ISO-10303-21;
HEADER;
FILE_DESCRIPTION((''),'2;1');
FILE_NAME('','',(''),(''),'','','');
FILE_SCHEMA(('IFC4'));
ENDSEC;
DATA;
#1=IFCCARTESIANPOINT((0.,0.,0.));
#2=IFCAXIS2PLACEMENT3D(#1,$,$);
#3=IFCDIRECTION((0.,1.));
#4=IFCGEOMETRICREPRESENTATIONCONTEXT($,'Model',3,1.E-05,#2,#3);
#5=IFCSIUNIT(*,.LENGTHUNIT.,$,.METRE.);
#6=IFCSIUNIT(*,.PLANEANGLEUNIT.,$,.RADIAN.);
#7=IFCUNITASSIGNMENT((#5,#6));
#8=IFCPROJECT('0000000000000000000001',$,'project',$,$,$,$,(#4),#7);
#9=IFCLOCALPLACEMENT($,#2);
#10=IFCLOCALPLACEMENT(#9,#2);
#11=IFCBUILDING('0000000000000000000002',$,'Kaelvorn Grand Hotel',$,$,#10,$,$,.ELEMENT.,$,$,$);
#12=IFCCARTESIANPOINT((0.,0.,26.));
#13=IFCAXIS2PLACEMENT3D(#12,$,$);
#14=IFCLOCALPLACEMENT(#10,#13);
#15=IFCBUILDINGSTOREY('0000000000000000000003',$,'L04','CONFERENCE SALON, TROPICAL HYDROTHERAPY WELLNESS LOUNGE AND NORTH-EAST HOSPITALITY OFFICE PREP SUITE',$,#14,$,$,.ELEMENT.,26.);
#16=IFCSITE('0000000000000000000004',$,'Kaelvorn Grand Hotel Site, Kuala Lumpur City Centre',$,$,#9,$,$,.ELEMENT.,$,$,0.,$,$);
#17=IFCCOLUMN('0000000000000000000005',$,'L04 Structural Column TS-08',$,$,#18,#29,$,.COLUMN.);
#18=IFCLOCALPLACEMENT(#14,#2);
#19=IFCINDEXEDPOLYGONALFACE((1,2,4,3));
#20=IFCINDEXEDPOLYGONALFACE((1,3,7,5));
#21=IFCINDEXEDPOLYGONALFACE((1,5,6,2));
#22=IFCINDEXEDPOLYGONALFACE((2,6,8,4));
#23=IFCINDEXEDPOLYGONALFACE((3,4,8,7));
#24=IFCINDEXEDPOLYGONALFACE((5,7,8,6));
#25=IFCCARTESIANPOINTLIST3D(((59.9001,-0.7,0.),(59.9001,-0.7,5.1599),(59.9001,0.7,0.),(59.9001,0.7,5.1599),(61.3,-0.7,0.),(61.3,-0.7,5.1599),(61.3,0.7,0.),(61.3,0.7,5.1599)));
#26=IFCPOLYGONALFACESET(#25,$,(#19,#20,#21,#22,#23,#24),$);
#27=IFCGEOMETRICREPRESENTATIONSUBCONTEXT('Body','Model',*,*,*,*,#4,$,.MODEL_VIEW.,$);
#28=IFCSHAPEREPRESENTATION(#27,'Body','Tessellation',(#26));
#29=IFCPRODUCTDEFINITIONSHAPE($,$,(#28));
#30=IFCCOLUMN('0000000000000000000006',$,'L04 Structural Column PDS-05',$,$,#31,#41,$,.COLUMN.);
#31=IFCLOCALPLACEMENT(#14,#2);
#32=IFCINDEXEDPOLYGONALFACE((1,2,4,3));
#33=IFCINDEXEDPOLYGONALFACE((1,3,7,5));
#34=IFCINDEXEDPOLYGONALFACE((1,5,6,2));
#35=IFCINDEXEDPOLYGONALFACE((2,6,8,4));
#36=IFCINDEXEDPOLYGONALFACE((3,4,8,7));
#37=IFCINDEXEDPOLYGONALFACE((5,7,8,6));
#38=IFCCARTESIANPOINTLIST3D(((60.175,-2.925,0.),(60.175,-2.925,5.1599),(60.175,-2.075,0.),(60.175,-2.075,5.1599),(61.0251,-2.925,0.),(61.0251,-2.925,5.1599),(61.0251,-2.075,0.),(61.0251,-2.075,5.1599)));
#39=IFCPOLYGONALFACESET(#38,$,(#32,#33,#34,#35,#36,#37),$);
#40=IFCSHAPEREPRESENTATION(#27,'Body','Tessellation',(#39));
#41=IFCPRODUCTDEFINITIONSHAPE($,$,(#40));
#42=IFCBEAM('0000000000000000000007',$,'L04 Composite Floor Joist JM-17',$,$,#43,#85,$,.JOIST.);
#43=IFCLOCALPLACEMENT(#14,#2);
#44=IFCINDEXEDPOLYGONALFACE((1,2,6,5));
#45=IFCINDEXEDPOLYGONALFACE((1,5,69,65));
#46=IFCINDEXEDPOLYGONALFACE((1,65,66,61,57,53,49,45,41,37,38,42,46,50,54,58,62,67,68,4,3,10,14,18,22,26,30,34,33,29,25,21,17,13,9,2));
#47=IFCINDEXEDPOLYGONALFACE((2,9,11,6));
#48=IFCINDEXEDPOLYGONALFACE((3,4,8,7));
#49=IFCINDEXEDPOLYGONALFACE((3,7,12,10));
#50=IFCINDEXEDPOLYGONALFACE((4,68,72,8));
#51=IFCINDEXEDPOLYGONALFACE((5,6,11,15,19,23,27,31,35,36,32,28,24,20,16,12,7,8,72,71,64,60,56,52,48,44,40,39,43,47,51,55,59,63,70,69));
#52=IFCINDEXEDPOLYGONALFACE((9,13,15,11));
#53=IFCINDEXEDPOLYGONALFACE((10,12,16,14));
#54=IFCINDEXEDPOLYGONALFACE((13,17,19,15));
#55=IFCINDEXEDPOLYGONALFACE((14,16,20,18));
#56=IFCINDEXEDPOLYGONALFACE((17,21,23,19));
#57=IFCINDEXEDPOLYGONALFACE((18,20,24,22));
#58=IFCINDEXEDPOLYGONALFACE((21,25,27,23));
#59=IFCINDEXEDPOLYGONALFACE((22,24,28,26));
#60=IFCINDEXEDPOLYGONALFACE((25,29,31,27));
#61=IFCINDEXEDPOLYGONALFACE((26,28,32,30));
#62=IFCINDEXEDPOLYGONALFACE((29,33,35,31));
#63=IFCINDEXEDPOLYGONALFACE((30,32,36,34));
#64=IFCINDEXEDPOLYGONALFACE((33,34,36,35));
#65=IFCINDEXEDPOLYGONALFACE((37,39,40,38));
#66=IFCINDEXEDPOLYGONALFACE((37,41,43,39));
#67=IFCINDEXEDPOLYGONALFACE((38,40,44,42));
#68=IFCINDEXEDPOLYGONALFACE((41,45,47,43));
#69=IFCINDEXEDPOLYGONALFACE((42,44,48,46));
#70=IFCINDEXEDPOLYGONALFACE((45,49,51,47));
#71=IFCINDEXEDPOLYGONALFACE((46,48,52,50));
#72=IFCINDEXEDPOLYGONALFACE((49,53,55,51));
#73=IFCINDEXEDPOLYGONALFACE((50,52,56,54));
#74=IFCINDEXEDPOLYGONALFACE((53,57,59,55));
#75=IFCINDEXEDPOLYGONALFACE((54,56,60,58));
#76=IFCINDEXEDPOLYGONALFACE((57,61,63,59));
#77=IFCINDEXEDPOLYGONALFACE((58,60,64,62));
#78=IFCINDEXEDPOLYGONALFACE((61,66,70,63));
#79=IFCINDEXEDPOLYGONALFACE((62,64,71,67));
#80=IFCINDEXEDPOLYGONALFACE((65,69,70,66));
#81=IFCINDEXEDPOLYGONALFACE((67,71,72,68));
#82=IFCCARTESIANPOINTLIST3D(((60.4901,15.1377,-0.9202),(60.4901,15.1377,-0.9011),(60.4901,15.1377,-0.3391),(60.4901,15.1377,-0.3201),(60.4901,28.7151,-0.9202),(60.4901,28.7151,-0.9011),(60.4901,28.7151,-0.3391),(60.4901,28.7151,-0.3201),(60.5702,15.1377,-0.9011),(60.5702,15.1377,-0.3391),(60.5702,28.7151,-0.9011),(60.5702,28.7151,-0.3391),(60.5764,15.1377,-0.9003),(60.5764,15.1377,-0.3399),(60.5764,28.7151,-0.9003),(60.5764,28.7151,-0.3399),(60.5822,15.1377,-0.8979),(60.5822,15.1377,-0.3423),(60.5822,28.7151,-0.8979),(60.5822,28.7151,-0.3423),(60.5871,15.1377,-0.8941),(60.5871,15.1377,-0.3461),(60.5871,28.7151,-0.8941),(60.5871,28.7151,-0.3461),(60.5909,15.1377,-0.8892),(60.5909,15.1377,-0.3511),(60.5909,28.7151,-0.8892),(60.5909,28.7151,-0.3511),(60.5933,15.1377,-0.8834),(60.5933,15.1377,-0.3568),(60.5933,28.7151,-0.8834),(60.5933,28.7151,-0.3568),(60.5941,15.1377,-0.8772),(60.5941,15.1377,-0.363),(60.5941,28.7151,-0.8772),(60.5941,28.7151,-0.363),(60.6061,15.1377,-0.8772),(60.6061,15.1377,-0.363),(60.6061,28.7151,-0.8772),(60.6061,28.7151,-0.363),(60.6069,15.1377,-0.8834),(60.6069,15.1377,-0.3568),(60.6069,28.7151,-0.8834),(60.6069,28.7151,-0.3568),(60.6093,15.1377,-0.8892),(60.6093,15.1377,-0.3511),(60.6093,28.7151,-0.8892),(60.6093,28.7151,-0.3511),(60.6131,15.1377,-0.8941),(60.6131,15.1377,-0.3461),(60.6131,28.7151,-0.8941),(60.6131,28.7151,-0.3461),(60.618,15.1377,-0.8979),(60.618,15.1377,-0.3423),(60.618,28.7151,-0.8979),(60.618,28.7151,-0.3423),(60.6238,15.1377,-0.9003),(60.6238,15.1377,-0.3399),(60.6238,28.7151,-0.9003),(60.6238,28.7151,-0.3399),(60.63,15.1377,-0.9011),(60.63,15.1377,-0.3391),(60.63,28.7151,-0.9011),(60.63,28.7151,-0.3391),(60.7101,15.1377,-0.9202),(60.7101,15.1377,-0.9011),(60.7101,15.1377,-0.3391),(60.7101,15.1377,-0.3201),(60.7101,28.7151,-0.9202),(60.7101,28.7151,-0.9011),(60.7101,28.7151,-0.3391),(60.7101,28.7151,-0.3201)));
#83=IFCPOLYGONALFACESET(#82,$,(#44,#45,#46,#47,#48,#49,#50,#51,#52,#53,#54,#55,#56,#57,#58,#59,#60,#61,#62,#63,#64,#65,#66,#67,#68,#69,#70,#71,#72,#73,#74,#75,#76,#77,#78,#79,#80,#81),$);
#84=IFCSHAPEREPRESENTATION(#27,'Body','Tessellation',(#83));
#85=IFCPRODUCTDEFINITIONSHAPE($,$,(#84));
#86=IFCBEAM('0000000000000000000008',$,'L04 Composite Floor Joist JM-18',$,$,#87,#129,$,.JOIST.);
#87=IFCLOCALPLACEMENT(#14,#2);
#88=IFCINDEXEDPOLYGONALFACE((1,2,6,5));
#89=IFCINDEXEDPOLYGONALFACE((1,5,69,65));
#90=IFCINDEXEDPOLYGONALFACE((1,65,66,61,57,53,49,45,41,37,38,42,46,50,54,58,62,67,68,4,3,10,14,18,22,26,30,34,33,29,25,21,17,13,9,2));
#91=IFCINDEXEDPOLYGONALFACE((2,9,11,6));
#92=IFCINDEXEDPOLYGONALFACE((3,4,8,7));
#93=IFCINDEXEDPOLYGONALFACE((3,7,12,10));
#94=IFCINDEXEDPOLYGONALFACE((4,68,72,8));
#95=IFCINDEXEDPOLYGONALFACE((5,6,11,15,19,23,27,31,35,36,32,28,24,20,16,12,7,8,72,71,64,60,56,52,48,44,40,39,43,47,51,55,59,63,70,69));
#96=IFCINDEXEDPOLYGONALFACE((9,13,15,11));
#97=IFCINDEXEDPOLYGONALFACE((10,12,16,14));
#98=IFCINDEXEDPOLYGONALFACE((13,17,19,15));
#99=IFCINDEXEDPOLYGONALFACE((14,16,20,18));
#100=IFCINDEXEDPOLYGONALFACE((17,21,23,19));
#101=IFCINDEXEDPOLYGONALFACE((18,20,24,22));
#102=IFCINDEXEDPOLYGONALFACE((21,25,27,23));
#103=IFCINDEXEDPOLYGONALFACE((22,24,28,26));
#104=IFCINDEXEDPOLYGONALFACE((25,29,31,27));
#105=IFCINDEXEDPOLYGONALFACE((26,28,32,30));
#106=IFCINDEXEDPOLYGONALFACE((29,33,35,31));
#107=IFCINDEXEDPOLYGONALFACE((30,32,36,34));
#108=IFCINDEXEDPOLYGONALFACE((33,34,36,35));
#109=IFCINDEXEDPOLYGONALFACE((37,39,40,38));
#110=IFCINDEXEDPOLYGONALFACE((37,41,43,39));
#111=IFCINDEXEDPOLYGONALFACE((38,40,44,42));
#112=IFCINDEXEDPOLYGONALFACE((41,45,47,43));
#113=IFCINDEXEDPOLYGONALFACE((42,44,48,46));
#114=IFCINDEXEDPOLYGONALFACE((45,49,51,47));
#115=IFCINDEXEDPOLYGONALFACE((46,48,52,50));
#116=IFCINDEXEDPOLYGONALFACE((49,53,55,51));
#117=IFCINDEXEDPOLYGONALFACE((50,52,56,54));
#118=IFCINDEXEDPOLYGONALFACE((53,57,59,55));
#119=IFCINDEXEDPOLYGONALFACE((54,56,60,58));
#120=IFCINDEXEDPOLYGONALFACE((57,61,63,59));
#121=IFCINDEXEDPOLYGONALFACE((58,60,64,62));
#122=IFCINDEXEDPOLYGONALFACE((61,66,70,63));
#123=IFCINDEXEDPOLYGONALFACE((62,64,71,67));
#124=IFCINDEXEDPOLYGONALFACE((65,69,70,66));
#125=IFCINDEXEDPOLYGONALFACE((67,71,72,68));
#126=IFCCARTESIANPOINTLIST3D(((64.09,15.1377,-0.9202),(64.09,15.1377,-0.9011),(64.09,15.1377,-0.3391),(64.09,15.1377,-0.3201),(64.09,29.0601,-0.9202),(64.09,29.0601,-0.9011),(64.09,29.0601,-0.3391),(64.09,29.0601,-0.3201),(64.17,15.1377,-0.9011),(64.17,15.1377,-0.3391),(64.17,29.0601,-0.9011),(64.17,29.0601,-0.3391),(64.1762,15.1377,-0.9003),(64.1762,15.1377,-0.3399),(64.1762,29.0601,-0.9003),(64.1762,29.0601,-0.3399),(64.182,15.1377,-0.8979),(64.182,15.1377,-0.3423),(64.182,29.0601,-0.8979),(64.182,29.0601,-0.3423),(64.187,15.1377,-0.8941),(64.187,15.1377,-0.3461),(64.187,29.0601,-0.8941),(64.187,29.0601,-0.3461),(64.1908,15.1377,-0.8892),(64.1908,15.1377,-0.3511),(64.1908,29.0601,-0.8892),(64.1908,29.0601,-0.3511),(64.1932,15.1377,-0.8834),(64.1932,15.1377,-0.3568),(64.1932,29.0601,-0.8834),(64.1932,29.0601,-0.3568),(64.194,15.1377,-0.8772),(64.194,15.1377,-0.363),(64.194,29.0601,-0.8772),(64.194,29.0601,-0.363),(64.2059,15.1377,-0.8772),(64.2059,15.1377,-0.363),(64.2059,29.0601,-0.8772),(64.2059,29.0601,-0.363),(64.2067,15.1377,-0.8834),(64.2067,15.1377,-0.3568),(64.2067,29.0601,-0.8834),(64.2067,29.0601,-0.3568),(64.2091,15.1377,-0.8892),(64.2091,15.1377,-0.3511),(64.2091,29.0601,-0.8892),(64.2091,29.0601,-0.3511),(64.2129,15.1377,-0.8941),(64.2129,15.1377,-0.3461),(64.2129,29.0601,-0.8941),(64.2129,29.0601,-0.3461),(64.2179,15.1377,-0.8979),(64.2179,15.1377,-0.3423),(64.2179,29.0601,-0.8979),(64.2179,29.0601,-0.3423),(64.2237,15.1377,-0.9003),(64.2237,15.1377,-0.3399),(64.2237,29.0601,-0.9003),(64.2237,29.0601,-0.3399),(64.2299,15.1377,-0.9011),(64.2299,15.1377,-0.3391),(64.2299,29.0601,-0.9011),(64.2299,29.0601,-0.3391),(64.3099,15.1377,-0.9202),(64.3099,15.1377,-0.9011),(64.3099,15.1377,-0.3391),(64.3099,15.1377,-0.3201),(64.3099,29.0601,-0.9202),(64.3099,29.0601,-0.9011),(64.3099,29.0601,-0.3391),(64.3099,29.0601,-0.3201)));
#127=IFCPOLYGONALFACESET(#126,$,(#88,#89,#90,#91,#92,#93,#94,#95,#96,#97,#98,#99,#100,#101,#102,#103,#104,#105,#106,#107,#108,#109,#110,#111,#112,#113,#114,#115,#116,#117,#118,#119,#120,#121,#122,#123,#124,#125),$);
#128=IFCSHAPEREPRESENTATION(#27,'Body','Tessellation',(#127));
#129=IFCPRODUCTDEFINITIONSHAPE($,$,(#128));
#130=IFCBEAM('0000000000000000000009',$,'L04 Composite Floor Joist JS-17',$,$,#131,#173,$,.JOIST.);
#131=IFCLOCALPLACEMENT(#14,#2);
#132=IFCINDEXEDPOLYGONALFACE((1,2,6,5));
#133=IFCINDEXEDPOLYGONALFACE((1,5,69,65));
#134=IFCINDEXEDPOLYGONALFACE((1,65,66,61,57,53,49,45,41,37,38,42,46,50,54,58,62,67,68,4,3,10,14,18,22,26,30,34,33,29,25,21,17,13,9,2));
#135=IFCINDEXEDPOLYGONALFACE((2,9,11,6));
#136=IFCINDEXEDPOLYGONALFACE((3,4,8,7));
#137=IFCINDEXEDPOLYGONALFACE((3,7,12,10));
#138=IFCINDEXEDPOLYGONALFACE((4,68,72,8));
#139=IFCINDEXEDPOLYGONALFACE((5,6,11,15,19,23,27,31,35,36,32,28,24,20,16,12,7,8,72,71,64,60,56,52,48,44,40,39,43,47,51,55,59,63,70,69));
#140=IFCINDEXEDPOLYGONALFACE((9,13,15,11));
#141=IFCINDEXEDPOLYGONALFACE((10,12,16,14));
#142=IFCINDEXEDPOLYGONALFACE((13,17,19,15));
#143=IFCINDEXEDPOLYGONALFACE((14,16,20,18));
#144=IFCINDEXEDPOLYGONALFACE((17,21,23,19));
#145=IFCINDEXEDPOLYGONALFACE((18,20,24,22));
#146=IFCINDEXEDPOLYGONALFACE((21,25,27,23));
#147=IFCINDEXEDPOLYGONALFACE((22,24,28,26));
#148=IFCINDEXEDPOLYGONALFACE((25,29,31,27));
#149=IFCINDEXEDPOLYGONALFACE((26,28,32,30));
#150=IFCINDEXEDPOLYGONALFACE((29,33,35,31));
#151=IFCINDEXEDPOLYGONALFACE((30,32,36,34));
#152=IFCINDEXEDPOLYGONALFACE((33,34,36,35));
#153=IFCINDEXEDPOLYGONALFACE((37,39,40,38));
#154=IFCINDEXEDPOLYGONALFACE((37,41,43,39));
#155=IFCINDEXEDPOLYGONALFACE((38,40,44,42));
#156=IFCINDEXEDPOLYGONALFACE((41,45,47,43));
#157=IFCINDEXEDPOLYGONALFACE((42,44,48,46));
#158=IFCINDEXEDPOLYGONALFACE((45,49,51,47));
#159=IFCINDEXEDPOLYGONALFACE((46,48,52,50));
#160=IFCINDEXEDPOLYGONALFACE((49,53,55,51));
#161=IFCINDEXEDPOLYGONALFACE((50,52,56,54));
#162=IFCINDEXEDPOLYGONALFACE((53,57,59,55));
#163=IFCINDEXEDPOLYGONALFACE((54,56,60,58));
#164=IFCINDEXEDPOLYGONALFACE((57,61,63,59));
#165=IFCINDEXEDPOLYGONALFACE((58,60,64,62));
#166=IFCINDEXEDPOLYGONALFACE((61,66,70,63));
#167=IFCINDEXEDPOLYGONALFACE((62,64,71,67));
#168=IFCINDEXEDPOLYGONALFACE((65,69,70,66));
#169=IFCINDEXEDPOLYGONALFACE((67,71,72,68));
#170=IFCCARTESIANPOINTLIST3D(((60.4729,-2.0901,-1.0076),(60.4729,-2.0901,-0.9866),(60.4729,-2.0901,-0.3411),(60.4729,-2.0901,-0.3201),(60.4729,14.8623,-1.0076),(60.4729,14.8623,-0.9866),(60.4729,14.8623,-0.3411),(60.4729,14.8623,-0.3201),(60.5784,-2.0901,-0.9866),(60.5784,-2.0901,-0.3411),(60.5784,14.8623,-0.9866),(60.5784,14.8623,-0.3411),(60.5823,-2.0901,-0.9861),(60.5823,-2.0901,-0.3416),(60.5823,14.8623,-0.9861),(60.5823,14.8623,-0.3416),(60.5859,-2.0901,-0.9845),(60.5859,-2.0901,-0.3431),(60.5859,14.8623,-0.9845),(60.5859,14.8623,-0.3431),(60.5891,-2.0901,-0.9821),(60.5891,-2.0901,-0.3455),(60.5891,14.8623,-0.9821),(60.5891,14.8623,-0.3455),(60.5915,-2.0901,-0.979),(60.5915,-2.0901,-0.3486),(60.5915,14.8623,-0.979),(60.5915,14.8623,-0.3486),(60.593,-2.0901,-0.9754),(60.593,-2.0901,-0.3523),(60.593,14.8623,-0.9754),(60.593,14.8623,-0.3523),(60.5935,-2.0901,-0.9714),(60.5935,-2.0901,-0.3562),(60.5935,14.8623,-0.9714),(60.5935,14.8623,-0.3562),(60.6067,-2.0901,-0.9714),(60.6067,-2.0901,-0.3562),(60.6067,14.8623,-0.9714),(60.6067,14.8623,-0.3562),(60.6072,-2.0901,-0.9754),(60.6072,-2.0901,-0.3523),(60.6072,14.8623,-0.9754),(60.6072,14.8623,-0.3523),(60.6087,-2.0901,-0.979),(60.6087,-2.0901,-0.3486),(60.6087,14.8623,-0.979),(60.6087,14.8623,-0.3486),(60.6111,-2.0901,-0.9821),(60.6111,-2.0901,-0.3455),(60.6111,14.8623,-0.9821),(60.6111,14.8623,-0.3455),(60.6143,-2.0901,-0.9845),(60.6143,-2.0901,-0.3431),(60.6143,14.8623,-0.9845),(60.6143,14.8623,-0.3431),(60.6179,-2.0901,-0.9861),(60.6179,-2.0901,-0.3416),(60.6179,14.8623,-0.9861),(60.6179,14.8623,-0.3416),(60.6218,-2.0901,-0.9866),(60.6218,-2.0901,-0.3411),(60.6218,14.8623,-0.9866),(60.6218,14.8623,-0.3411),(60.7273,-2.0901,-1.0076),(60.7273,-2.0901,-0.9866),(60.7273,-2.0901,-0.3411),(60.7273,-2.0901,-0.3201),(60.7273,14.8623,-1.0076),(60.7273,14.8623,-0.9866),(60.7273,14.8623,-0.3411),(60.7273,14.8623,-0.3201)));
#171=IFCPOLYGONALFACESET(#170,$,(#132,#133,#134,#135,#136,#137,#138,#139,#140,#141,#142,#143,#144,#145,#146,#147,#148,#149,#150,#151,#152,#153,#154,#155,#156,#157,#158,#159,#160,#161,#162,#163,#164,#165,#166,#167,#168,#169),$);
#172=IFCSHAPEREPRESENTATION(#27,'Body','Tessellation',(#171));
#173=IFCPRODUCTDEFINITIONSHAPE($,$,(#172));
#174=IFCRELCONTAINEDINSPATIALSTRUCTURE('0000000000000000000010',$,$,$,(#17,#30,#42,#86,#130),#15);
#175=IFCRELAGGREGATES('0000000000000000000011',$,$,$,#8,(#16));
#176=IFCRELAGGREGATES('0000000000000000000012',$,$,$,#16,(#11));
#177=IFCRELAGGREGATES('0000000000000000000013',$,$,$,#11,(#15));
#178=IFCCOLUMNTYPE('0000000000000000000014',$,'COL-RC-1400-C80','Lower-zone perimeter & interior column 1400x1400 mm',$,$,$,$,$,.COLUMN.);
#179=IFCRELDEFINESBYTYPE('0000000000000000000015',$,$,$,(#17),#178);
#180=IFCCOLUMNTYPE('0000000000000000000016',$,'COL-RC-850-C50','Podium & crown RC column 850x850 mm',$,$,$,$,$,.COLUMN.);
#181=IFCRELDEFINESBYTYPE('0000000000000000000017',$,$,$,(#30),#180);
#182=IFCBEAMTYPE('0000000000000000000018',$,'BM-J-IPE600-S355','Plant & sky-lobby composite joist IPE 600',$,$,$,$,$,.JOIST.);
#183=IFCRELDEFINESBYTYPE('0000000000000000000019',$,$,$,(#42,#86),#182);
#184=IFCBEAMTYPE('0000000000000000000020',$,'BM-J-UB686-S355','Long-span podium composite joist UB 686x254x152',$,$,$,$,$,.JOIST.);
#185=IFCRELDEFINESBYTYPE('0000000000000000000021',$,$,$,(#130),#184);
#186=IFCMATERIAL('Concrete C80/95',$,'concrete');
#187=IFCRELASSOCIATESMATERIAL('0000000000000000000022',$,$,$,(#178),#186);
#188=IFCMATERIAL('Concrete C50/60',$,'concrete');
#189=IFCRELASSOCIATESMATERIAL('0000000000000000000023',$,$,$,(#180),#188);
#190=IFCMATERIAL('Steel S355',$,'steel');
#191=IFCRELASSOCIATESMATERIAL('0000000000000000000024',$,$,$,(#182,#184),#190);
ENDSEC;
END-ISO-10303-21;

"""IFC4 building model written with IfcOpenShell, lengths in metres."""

from ifc_helpers import new_model, si_unit, direction, frame, origin, origin_2d, place, context, subcontext, project, spatial, rectangle, i_section, extrude, material, material_profile, profile_set, type_object, element, save


model = new_model("IFC4")

# Units and contexts
model_context = context("Model", 3, precision=1e-05, world=origin(), true_north=direction((0.0, 1.0)))
body_context = subcontext(model_context, "Body", "Model", "MODEL_VIEW")
ifc_project = project(units=[si_unit("LENGTHUNIT", "METRE"), si_unit("PLANEANGLEUNIT", "RADIAN")], contexts=[model_context])

# Site, building, storey
site_placement = place(None, origin())
site = spatial("IfcSite", under=ifc_project, at=site_placement, Name="Kaelvorn Grand Hotel Site, Kuala Lumpur City Centre", CompositionType="ELEMENT", RefElevation=0.0)
building_placement = place(site_placement, origin())
building = spatial("IfcBuilding", under=site, at=building_placement, Name="Kaelvorn Grand Hotel", CompositionType="ELEMENT")
storey_placement = place(building_placement, frame((0.0, 0.0, 26.0)))
storey = spatial("IfcBuildingStorey", under=building, at=storey_placement, Name="L04", Description="CONFERENCE SALON, TROPICAL HYDROTHERAPY WELLNESS LOUNGE AND NORTH-EAST HOSPITALITY OFFICE PREP SUITE", CompositionType="ELEMENT", Elevation=26.0)

# Columns
ifc_material_1 = material(Name="Concrete C80/95", Category="concrete")
ifc_material_profile_1 = material_profile(ifc_material_1, rectangle(XDim=1.3999, YDim=1.3999, at=origin_2d()), Name="RC COL 1400x1400")
ifc_profile_set_1 = profile_set([ifc_material_profile_1], Name="Concrete C80/95")
column_type_1 = type_object("IfcColumnType", Name="COL-RC-1400-C80", Description="Lower-zone perimeter & interior column 1400x1400 mm", PredefinedType="COLUMN", material=ifc_profile_set_1)
column_1_placement = place(storey_placement, frame((60.6001, 0.0, 0.0), z_axis=(0.0, 0.0, 1.0), x_axis=(1.0, 0.0, 0.0)))
element("IfcColumn", 1, at=column_1_placement, inside=storey, type_object=column_type_1, Name="L04 Structural Column TS-08", PredefinedType="COLUMN", context=body_context, shape_type="SweptSolid", body=[
    extrude(rectangle(XDim=1.3999, YDim=1.3999, at=origin_2d()), origin(), (0.0, 0.0, 1.0), 5.1599),
])
ifc_material_2 = material(Name="Concrete C50/60", Category="concrete")
ifc_material_profile_2 = material_profile(ifc_material_2, rectangle(XDim=0.8501, YDim=0.8501, at=origin_2d()), Name="RC COL 850x850")
ifc_profile_set_2 = profile_set([ifc_material_profile_2], Name="Concrete C50/60")
column_type_2 = type_object("IfcColumnType", Name="COL-RC-850-C50", Description="Podium & crown RC column 850x850 mm", PredefinedType="COLUMN", material=ifc_profile_set_2)
column_2_placement = place(storey_placement, frame((60.6001, -2.5, 0.0), z_axis=(0.0, 0.0, 1.0), x_axis=(1.0, 0.0, 0.0)))
element("IfcColumn", 2, at=column_2_placement, inside=storey, type_object=column_type_2, Name="L04 Structural Column PDS-05", PredefinedType="COLUMN", context=body_context, shape_type="SweptSolid", body=[
    extrude(rectangle(XDim=0.8501, YDim=0.8501, at=origin_2d()), origin(), (0.0, 0.0, 1.0), 5.1599),
])

# Beams
ifc_material_3 = material(Name="Steel S355", Category="steel")
ifc_material_profile_3 = material_profile(ifc_material_3, i_section(OverallWidth=0.22, OverallDepth=0.6001, WebThickness=0.012, FlangeThickness=0.019, FilletRadius=0.0239, at=origin_2d()), Name="IPE 600")
ifc_profile_set_3 = profile_set([ifc_material_profile_3], Name="Steel S355")
beam_type_1 = type_object("IfcBeamType", Name="BM-J-IPE600-S355", Description="Plant & sky-lobby composite joist IPE 600", PredefinedType="JOIST", material=ifc_profile_set_3)
beam_1_placement = place(storey_placement, frame((60.6001, 15.1377, -0.6201), z_axis=(0.0, 1.0, 0.0), x_axis=(-1.0, 0.0, 0.0)))
element("IfcBeam", 3, at=beam_1_placement, inside=storey, type_object=beam_type_1, Name="L04 Composite Floor Joist JM-17", PredefinedType="JOIST", context=body_context, shape_type="SweptSolid", body=[
    extrude(i_section(OverallWidth=0.22, OverallDepth=0.6001, WebThickness=0.012, FlangeThickness=0.019, FilletRadius=0.0239, at=origin_2d()), origin(), (0.0, 0.0, 1.0), 13.5774),
])
beam_2_placement = place(storey_placement, frame((64.2, 15.1377, -0.6201), z_axis=(0.0, 1.0, 0.0), x_axis=(-1.0, 0.0, 0.0)))
element("IfcBeam", 4, at=beam_2_placement, inside=storey, type_object=beam_type_1, Name="L04 Composite Floor Joist JM-18", PredefinedType="JOIST", context=body_context, shape_type="SweptSolid", body=[
    extrude(i_section(OverallWidth=0.22, OverallDepth=0.6001, WebThickness=0.012, FlangeThickness=0.019, FilletRadius=0.0239, at=origin_2d()), origin(), (0.0, 0.0, 1.0), 13.9224),
])
ifc_material_profile_4 = material_profile(ifc_material_3, i_section(OverallWidth=0.2544, OverallDepth=0.6875, WebThickness=0.0132, FlangeThickness=0.021, FilletRadius=0.0151, at=origin_2d()), Name="UB 686x254x152")
ifc_profile_set_4 = profile_set([ifc_material_profile_4], Name="Steel S355")
beam_type_2 = type_object("IfcBeamType", Name="BM-J-UB686-S355", Description="Long-span podium composite joist UB 686x254x152", PredefinedType="JOIST", material=ifc_profile_set_4)
beam_3_placement = place(storey_placement, frame((60.6001, -2.0901, -0.6638), z_axis=(0.0, 1.0, 0.0), x_axis=(-1.0, 0.0, 0.0)))
element("IfcBeam", 5, at=beam_3_placement, inside=storey, type_object=beam_type_2, Name="L04 Composite Floor Joist JS-17", PredefinedType="JOIST", context=body_context, shape_type="SweptSolid", body=[
    extrude(i_section(OverallWidth=0.2544, OverallDepth=0.6875, WebThickness=0.0132, FlangeThickness=0.021, FilletRadius=0.0151, at=origin_2d()), origin(), (0.0, 0.0, 1.0), 16.9524),
])

save(model, "model.ifc")
